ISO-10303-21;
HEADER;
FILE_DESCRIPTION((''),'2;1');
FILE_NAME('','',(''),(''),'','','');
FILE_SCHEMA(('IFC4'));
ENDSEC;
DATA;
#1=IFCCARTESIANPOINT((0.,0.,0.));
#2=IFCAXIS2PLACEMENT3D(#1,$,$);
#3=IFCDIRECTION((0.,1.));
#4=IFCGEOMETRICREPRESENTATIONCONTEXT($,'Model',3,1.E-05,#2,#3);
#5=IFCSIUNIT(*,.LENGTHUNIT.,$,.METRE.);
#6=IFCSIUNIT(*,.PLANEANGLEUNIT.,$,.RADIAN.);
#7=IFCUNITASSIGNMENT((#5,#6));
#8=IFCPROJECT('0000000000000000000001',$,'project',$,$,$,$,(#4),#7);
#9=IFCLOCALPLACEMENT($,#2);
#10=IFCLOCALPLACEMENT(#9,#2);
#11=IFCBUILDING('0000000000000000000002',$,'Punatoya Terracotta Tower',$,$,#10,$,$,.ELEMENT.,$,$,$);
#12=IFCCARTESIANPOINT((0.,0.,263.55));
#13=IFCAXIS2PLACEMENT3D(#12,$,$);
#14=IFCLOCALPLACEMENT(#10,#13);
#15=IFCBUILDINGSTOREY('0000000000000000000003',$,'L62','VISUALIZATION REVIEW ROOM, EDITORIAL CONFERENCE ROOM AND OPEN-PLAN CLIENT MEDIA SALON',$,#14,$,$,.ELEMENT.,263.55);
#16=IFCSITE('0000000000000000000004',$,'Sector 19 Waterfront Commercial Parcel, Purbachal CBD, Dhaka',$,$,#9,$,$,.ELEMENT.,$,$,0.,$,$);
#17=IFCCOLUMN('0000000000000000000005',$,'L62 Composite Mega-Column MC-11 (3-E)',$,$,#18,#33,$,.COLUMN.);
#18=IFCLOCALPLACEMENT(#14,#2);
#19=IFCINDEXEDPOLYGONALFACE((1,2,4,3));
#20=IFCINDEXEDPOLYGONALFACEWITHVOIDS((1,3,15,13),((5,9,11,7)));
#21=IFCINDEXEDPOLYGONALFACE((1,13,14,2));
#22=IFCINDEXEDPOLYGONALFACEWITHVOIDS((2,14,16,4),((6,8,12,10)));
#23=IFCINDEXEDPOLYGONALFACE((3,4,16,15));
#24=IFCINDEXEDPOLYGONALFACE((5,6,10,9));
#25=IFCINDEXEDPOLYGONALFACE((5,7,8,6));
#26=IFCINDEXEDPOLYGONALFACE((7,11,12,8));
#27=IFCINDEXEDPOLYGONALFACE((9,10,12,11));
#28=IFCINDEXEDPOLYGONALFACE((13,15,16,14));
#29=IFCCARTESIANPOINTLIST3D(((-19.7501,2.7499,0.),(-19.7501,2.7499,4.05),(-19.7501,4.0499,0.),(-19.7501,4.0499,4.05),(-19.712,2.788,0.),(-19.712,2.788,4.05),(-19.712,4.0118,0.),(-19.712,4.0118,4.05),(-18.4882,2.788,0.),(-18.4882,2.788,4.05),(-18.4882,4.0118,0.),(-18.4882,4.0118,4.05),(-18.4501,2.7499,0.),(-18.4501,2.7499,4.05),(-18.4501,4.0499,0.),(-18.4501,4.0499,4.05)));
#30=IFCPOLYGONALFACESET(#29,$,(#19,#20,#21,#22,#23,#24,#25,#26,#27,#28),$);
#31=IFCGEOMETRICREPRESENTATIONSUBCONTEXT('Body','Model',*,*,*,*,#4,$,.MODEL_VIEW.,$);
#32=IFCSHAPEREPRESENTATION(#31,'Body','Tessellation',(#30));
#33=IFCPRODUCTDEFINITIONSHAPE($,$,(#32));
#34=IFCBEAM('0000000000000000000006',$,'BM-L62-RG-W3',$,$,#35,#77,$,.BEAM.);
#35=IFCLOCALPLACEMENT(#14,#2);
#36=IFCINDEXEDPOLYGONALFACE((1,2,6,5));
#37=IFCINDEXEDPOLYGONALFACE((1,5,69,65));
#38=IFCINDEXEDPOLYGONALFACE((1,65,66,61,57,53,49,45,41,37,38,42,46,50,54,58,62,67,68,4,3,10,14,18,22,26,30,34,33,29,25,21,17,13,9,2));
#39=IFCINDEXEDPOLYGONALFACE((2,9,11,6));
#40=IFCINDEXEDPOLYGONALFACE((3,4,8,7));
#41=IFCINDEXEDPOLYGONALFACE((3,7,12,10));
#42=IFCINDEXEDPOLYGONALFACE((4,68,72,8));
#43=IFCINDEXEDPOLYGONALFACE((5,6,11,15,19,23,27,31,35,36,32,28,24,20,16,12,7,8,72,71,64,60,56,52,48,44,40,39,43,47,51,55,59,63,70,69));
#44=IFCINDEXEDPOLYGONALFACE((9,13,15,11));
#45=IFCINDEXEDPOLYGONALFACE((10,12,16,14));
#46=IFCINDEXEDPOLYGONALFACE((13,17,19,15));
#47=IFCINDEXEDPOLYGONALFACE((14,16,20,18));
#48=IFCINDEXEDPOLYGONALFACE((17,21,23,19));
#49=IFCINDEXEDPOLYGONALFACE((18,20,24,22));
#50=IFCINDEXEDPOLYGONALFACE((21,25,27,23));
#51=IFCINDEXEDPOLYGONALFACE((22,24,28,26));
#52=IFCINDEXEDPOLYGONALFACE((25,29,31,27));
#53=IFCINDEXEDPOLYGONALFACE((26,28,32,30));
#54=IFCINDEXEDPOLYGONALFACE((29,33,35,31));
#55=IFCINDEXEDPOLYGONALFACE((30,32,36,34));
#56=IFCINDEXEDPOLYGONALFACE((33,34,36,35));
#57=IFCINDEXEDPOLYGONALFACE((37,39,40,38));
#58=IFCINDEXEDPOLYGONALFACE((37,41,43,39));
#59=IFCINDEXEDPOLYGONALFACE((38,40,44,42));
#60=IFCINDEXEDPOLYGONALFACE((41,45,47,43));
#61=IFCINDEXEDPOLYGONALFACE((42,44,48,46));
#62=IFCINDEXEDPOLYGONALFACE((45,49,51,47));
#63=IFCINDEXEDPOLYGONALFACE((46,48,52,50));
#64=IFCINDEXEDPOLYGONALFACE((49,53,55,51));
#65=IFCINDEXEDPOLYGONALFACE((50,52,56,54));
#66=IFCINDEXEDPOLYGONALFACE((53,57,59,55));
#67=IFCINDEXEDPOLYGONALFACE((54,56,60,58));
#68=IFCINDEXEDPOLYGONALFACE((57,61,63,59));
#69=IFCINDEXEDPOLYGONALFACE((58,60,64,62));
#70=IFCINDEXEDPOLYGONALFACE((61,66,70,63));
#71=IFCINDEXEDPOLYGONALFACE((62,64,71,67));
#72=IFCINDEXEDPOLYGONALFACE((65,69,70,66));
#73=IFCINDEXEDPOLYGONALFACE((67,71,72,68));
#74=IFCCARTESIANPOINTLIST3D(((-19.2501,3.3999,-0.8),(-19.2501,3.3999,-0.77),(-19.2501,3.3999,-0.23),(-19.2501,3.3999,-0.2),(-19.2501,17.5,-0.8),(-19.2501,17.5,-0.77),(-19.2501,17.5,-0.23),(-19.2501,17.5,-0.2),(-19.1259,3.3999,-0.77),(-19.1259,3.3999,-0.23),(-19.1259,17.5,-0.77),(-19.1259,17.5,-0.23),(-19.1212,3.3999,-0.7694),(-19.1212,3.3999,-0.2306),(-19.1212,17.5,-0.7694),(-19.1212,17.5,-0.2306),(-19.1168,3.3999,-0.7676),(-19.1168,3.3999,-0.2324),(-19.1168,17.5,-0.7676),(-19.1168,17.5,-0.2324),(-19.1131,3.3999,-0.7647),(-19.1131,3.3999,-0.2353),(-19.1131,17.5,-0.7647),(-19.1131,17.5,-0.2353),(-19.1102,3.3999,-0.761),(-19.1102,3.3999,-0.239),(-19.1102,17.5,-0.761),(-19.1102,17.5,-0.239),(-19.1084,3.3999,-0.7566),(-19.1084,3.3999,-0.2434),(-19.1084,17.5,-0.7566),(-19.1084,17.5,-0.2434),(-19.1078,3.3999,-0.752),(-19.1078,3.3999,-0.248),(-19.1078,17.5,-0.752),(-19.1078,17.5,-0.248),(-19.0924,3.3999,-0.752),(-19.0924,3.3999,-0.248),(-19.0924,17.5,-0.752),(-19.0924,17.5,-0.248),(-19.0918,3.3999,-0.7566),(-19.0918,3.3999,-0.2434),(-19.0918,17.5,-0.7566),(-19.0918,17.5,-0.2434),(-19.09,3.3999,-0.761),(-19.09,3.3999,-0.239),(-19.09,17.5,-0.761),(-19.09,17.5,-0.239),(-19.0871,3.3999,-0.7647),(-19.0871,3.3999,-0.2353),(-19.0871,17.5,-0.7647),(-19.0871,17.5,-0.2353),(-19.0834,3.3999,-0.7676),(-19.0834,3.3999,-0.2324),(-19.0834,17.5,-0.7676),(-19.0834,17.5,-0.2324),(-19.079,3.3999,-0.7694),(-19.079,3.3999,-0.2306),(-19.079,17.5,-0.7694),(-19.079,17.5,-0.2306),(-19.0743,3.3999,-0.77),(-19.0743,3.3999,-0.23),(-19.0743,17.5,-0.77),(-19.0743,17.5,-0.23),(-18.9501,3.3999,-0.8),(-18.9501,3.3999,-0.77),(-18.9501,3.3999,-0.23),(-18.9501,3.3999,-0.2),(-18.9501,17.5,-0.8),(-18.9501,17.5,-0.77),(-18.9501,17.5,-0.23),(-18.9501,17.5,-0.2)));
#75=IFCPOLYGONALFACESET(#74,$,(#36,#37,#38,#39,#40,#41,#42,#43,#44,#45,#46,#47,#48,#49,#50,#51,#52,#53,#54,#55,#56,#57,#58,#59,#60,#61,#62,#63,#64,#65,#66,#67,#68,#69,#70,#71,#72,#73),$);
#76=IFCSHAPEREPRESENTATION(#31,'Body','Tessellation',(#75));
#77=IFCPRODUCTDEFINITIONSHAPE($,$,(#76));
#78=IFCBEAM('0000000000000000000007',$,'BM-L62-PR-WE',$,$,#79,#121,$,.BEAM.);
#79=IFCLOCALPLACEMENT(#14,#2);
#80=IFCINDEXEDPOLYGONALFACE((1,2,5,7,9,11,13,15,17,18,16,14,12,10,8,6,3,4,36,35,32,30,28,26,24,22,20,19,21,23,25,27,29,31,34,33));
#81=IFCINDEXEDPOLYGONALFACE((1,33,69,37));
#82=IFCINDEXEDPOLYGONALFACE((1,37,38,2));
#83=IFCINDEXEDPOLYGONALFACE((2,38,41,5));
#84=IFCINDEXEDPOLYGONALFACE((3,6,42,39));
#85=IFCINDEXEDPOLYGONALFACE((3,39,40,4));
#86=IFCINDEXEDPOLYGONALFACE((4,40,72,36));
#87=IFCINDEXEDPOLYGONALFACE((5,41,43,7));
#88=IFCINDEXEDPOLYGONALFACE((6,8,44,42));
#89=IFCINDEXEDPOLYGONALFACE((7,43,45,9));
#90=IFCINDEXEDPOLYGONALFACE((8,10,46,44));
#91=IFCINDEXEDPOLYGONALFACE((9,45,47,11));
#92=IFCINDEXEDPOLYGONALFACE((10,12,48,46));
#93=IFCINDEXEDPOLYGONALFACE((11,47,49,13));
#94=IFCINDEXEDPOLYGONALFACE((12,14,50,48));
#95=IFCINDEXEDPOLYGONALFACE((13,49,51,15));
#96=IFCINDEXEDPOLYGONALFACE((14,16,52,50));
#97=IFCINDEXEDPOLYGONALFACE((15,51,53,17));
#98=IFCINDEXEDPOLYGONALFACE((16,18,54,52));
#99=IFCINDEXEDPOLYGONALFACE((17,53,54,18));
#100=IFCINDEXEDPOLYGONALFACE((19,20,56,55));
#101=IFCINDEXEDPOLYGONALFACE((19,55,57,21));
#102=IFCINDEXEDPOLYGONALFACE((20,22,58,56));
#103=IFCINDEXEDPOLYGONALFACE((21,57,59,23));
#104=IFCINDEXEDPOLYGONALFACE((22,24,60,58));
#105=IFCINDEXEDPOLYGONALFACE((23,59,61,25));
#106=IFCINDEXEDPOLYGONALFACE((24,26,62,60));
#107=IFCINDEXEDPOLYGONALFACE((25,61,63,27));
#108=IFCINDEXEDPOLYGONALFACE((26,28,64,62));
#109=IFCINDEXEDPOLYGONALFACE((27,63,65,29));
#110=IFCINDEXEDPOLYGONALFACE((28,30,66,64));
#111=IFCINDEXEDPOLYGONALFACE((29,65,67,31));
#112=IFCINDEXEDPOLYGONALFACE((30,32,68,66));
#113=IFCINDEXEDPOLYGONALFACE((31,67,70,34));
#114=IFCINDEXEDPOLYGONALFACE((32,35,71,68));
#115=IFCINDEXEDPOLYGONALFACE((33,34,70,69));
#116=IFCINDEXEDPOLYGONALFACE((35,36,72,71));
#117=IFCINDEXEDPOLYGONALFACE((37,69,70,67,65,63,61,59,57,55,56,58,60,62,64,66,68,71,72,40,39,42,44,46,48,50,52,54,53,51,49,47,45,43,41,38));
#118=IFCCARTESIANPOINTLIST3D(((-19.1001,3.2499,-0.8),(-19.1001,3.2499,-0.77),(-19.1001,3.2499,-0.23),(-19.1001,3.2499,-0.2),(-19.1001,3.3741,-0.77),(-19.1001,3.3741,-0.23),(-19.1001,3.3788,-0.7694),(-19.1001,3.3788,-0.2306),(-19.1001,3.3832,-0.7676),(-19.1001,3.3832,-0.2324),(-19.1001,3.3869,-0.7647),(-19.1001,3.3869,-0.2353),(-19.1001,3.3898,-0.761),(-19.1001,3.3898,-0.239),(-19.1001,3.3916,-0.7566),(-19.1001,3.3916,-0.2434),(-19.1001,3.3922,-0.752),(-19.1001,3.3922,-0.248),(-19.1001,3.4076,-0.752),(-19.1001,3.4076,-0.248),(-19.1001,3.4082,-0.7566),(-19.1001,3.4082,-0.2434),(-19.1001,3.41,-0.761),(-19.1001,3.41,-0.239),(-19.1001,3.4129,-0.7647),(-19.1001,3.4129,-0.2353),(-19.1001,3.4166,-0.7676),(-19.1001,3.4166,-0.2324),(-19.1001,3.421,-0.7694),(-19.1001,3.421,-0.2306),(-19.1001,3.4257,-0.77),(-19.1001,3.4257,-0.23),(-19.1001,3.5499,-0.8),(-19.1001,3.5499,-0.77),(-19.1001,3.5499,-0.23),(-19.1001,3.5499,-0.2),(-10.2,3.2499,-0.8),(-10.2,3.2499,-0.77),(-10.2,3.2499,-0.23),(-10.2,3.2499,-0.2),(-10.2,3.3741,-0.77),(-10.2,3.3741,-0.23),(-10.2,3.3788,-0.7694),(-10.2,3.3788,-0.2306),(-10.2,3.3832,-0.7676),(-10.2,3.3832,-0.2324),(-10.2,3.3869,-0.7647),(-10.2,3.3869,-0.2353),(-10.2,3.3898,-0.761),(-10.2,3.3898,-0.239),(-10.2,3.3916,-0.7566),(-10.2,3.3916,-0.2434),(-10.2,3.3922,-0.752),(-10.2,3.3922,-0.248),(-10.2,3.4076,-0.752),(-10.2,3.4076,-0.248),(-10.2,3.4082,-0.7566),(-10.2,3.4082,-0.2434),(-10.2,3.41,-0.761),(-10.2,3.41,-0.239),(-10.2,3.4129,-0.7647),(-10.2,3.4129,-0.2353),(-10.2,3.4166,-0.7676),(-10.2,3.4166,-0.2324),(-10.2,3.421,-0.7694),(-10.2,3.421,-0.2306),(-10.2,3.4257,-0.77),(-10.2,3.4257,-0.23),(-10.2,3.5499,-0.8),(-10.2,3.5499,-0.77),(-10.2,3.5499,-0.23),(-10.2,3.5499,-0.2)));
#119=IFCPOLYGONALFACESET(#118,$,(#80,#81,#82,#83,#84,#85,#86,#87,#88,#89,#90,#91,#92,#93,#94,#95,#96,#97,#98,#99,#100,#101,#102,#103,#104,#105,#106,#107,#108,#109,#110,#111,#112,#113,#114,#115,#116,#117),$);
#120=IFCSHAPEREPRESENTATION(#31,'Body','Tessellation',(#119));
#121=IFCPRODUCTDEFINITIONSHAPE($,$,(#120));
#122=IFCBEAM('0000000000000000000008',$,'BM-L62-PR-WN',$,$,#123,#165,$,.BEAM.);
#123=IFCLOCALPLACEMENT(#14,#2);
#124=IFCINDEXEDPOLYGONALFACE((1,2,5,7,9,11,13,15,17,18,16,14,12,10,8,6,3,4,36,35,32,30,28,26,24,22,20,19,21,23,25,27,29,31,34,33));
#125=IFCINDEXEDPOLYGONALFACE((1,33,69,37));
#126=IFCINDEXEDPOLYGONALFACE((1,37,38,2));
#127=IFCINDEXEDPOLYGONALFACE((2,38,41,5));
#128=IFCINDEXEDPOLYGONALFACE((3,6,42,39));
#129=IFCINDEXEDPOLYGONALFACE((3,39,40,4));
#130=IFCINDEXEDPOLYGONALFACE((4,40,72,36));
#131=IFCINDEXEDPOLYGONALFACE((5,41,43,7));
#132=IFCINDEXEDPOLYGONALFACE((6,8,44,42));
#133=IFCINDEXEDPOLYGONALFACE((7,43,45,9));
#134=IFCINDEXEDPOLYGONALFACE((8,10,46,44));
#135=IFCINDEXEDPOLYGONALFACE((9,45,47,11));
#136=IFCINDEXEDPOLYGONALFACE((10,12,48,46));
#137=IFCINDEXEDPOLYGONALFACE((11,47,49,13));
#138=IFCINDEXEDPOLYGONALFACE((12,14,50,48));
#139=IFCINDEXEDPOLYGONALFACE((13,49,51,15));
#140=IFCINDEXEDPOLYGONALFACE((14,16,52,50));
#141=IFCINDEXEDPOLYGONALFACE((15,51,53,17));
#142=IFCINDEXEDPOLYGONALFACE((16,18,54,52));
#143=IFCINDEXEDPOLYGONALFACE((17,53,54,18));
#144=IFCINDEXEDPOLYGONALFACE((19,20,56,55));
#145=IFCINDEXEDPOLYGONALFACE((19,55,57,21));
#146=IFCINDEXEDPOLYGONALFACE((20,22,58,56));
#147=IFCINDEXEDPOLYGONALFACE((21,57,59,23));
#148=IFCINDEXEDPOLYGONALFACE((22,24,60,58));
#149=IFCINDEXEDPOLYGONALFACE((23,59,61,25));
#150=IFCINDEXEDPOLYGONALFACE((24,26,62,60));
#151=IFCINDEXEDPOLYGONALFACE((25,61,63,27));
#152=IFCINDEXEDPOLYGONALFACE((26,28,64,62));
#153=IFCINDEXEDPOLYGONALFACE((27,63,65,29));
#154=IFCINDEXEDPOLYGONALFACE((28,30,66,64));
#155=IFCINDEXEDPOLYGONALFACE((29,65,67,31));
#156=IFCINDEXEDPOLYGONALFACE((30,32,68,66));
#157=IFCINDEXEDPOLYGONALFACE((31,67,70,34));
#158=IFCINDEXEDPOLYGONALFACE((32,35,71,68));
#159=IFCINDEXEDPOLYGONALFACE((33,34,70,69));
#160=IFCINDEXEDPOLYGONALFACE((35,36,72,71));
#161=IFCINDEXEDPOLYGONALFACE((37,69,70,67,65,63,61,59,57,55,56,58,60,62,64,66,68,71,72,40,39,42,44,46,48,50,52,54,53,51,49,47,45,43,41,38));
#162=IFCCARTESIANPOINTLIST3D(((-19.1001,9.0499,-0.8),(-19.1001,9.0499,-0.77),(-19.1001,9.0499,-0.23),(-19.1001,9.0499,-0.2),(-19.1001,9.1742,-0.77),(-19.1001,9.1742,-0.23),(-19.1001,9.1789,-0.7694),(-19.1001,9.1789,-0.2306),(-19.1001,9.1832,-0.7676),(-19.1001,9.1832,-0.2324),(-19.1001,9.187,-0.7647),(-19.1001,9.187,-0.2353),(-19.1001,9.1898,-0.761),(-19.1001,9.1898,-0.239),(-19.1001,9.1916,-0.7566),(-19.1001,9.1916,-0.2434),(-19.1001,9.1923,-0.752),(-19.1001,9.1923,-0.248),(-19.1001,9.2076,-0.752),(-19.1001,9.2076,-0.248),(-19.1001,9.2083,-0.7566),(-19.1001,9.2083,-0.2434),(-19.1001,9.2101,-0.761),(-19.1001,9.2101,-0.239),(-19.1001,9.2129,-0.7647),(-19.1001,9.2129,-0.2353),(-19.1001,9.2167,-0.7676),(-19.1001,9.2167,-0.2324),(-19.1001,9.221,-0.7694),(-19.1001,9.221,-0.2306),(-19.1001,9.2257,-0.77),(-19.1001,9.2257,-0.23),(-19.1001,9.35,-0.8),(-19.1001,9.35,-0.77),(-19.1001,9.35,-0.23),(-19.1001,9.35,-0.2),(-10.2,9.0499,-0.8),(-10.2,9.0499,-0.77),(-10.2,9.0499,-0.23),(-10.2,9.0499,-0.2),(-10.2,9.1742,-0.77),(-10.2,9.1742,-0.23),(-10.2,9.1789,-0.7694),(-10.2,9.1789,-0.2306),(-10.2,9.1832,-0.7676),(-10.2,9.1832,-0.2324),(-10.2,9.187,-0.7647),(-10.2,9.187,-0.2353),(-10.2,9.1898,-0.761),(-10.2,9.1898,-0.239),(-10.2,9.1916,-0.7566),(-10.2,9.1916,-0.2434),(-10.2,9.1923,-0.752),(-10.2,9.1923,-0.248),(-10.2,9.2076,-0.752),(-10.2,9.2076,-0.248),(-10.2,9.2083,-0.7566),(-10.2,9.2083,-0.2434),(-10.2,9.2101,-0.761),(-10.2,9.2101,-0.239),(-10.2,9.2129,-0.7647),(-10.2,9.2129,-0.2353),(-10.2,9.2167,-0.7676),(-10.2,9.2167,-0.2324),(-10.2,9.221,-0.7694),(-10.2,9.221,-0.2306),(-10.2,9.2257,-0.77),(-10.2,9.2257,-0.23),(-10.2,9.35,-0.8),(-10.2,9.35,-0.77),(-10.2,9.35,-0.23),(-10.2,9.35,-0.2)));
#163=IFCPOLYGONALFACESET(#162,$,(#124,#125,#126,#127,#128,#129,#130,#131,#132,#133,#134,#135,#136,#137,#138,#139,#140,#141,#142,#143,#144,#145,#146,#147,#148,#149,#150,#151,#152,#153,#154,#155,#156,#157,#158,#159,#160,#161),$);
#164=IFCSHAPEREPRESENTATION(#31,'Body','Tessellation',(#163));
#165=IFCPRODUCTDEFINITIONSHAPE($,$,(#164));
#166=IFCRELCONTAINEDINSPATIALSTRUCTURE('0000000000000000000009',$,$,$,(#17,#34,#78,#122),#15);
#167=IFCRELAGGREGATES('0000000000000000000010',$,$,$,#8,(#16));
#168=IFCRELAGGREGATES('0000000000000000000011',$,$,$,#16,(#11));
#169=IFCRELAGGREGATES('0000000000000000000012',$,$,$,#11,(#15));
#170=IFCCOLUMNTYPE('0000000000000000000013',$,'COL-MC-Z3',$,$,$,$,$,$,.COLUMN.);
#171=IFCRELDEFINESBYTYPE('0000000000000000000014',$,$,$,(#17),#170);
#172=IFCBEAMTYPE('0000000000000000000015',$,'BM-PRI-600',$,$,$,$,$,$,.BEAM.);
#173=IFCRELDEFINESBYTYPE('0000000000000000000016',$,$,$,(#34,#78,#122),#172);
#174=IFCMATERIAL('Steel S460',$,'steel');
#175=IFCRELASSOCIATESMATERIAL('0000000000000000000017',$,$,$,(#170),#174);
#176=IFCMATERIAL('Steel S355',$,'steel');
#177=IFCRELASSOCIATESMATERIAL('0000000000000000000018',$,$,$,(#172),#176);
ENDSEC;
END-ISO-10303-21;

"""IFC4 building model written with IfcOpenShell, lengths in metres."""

from ifc_helpers import new_model, si_unit, direction, frame, origin, origin_2d, place, context, subcontext, project, spatial, hollow_rectangle, i_section, extrude, material, material_profile, profile_set, type_object, element, save


model = new_model("IFC4")

# Units and contexts
model_context = context("Model", 3, precision=1e-05, world=origin(), true_north=direction((0.0, 1.0)))
body_context = subcontext(model_context, "Body", "Model", "MODEL_VIEW")
ifc_project = project(units=[si_unit("LENGTHUNIT", "METRE"), si_unit("PLANEANGLEUNIT", "RADIAN")], contexts=[model_context])

# Site, building, storey
site_placement = place(None, origin())
site = spatial("IfcSite", under=ifc_project, at=site_placement, Name="Sector 19 Waterfront Commercial Parcel, Purbachal CBD, Dhaka", CompositionType="ELEMENT", RefElevation=0.0)
building_placement = place(site_placement, origin())
building = spatial("IfcBuilding", under=site, at=building_placement, Name="Punatoya Terracotta Tower", CompositionType="ELEMENT")
storey_placement = place(building_placement, frame((0.0, 0.0, 263.55)))
storey = spatial("IfcBuildingStorey", under=building, at=storey_placement, Name="L62", Description="VISUALIZATION REVIEW ROOM, EDITORIAL CONFERENCE ROOM AND OPEN-PLAN CLIENT MEDIA SALON", CompositionType="ELEMENT", Elevation=263.55)

# Column
ifc_material_1 = material(Name="Steel S460", Category="steel")
ifc_material_profile_1 = material_profile(ifc_material_1, hollow_rectangle(XDim=1.3, YDim=1.3, WallThickness=0.0381, at=origin_2d()))
ifc_profile_set_1 = profile_set([ifc_material_profile_1], Name="Steel S460")
column_type = type_object("IfcColumnType", Name="COL-MC-Z3", PredefinedType="COLUMN", material=ifc_profile_set_1)
column_placement = place(storey_placement, frame((-19.1001, 3.3999, 0.0), z_axis=(0.0, 0.0, 1.0), x_axis=(1.0, 0.0, 0.0)))
element("IfcColumn", 1, at=column_placement, inside=storey, type_object=column_type, Name="L62 Composite Mega-Column MC-11 (3-E)", PredefinedType="COLUMN", context=body_context, shape_type="SweptSolid", body=[
    extrude(hollow_rectangle(XDim=1.3, YDim=1.3, WallThickness=0.0381, at=origin_2d()), origin(), (0.0, 0.0, 1.0), 4.05),
])

# Beams
ifc_material_2 = material(Name="Steel S355", Category="steel")
ifc_material_profile_2 = material_profile(ifc_material_2, i_section(OverallWidth=0.3, OverallDepth=0.6001, WebThickness=0.0154, FlangeThickness=0.03, FilletRadius=0.0181, at=origin_2d()))
ifc_profile_set_2 = profile_set([ifc_material_profile_2], Name="Steel S355")
beam_type_1 = type_object("IfcBeamType", Name="BM-PRI-600", PredefinedType="BEAM", material=ifc_profile_set_2)
beam_1_placement = place(storey_placement, frame((-19.1001, 3.3999, -0.5), z_axis=(0.0, 1.0, 0.0), x_axis=(-1.0, 0.0, 0.0)))
element("IfcBeam", 2, at=beam_1_placement, inside=storey, type_object=beam_type_1, Name="BM-L62-RG-W3", PredefinedType="BEAM", context=body_context, shape_type="SweptSolid", body=[
    extrude(i_section(OverallWidth=0.3, OverallDepth=0.6001, WebThickness=0.0154, FlangeThickness=0.03, FilletRadius=0.0181, at=origin_2d()), origin(), (0.0, 0.0, 1.0), 14.1001),
])
for number, where, z_axis, x_axis, name in (
    (3, (-19.1001, 3.3999, -0.5), (1.0, 0.0, 0.0), (0.0, 1.0, 0.0), "BM-L62-PR-WE"),
    (4, (-19.1001, 9.2, -0.5), (1.0, 0.0, 0.0), (0.0, 1.0, 0.0), "BM-L62-PR-WN"),
):
    element("IfcBeam", number, at=place(storey_placement, frame(where, z_axis=z_axis, x_axis=x_axis)), inside=storey, type_object=beam_type_1, Name=name, PredefinedType="BEAM", context=body_context, shape_type="SweptSolid", body=[
        extrude(i_section(OverallWidth=0.3, OverallDepth=0.6001, WebThickness=0.0154, FlangeThickness=0.03, FilletRadius=0.0181, at=origin_2d()), origin(), (0.0, 0.0, 1.0), 8.9001),
    ])

save(model, "model.ifc")
